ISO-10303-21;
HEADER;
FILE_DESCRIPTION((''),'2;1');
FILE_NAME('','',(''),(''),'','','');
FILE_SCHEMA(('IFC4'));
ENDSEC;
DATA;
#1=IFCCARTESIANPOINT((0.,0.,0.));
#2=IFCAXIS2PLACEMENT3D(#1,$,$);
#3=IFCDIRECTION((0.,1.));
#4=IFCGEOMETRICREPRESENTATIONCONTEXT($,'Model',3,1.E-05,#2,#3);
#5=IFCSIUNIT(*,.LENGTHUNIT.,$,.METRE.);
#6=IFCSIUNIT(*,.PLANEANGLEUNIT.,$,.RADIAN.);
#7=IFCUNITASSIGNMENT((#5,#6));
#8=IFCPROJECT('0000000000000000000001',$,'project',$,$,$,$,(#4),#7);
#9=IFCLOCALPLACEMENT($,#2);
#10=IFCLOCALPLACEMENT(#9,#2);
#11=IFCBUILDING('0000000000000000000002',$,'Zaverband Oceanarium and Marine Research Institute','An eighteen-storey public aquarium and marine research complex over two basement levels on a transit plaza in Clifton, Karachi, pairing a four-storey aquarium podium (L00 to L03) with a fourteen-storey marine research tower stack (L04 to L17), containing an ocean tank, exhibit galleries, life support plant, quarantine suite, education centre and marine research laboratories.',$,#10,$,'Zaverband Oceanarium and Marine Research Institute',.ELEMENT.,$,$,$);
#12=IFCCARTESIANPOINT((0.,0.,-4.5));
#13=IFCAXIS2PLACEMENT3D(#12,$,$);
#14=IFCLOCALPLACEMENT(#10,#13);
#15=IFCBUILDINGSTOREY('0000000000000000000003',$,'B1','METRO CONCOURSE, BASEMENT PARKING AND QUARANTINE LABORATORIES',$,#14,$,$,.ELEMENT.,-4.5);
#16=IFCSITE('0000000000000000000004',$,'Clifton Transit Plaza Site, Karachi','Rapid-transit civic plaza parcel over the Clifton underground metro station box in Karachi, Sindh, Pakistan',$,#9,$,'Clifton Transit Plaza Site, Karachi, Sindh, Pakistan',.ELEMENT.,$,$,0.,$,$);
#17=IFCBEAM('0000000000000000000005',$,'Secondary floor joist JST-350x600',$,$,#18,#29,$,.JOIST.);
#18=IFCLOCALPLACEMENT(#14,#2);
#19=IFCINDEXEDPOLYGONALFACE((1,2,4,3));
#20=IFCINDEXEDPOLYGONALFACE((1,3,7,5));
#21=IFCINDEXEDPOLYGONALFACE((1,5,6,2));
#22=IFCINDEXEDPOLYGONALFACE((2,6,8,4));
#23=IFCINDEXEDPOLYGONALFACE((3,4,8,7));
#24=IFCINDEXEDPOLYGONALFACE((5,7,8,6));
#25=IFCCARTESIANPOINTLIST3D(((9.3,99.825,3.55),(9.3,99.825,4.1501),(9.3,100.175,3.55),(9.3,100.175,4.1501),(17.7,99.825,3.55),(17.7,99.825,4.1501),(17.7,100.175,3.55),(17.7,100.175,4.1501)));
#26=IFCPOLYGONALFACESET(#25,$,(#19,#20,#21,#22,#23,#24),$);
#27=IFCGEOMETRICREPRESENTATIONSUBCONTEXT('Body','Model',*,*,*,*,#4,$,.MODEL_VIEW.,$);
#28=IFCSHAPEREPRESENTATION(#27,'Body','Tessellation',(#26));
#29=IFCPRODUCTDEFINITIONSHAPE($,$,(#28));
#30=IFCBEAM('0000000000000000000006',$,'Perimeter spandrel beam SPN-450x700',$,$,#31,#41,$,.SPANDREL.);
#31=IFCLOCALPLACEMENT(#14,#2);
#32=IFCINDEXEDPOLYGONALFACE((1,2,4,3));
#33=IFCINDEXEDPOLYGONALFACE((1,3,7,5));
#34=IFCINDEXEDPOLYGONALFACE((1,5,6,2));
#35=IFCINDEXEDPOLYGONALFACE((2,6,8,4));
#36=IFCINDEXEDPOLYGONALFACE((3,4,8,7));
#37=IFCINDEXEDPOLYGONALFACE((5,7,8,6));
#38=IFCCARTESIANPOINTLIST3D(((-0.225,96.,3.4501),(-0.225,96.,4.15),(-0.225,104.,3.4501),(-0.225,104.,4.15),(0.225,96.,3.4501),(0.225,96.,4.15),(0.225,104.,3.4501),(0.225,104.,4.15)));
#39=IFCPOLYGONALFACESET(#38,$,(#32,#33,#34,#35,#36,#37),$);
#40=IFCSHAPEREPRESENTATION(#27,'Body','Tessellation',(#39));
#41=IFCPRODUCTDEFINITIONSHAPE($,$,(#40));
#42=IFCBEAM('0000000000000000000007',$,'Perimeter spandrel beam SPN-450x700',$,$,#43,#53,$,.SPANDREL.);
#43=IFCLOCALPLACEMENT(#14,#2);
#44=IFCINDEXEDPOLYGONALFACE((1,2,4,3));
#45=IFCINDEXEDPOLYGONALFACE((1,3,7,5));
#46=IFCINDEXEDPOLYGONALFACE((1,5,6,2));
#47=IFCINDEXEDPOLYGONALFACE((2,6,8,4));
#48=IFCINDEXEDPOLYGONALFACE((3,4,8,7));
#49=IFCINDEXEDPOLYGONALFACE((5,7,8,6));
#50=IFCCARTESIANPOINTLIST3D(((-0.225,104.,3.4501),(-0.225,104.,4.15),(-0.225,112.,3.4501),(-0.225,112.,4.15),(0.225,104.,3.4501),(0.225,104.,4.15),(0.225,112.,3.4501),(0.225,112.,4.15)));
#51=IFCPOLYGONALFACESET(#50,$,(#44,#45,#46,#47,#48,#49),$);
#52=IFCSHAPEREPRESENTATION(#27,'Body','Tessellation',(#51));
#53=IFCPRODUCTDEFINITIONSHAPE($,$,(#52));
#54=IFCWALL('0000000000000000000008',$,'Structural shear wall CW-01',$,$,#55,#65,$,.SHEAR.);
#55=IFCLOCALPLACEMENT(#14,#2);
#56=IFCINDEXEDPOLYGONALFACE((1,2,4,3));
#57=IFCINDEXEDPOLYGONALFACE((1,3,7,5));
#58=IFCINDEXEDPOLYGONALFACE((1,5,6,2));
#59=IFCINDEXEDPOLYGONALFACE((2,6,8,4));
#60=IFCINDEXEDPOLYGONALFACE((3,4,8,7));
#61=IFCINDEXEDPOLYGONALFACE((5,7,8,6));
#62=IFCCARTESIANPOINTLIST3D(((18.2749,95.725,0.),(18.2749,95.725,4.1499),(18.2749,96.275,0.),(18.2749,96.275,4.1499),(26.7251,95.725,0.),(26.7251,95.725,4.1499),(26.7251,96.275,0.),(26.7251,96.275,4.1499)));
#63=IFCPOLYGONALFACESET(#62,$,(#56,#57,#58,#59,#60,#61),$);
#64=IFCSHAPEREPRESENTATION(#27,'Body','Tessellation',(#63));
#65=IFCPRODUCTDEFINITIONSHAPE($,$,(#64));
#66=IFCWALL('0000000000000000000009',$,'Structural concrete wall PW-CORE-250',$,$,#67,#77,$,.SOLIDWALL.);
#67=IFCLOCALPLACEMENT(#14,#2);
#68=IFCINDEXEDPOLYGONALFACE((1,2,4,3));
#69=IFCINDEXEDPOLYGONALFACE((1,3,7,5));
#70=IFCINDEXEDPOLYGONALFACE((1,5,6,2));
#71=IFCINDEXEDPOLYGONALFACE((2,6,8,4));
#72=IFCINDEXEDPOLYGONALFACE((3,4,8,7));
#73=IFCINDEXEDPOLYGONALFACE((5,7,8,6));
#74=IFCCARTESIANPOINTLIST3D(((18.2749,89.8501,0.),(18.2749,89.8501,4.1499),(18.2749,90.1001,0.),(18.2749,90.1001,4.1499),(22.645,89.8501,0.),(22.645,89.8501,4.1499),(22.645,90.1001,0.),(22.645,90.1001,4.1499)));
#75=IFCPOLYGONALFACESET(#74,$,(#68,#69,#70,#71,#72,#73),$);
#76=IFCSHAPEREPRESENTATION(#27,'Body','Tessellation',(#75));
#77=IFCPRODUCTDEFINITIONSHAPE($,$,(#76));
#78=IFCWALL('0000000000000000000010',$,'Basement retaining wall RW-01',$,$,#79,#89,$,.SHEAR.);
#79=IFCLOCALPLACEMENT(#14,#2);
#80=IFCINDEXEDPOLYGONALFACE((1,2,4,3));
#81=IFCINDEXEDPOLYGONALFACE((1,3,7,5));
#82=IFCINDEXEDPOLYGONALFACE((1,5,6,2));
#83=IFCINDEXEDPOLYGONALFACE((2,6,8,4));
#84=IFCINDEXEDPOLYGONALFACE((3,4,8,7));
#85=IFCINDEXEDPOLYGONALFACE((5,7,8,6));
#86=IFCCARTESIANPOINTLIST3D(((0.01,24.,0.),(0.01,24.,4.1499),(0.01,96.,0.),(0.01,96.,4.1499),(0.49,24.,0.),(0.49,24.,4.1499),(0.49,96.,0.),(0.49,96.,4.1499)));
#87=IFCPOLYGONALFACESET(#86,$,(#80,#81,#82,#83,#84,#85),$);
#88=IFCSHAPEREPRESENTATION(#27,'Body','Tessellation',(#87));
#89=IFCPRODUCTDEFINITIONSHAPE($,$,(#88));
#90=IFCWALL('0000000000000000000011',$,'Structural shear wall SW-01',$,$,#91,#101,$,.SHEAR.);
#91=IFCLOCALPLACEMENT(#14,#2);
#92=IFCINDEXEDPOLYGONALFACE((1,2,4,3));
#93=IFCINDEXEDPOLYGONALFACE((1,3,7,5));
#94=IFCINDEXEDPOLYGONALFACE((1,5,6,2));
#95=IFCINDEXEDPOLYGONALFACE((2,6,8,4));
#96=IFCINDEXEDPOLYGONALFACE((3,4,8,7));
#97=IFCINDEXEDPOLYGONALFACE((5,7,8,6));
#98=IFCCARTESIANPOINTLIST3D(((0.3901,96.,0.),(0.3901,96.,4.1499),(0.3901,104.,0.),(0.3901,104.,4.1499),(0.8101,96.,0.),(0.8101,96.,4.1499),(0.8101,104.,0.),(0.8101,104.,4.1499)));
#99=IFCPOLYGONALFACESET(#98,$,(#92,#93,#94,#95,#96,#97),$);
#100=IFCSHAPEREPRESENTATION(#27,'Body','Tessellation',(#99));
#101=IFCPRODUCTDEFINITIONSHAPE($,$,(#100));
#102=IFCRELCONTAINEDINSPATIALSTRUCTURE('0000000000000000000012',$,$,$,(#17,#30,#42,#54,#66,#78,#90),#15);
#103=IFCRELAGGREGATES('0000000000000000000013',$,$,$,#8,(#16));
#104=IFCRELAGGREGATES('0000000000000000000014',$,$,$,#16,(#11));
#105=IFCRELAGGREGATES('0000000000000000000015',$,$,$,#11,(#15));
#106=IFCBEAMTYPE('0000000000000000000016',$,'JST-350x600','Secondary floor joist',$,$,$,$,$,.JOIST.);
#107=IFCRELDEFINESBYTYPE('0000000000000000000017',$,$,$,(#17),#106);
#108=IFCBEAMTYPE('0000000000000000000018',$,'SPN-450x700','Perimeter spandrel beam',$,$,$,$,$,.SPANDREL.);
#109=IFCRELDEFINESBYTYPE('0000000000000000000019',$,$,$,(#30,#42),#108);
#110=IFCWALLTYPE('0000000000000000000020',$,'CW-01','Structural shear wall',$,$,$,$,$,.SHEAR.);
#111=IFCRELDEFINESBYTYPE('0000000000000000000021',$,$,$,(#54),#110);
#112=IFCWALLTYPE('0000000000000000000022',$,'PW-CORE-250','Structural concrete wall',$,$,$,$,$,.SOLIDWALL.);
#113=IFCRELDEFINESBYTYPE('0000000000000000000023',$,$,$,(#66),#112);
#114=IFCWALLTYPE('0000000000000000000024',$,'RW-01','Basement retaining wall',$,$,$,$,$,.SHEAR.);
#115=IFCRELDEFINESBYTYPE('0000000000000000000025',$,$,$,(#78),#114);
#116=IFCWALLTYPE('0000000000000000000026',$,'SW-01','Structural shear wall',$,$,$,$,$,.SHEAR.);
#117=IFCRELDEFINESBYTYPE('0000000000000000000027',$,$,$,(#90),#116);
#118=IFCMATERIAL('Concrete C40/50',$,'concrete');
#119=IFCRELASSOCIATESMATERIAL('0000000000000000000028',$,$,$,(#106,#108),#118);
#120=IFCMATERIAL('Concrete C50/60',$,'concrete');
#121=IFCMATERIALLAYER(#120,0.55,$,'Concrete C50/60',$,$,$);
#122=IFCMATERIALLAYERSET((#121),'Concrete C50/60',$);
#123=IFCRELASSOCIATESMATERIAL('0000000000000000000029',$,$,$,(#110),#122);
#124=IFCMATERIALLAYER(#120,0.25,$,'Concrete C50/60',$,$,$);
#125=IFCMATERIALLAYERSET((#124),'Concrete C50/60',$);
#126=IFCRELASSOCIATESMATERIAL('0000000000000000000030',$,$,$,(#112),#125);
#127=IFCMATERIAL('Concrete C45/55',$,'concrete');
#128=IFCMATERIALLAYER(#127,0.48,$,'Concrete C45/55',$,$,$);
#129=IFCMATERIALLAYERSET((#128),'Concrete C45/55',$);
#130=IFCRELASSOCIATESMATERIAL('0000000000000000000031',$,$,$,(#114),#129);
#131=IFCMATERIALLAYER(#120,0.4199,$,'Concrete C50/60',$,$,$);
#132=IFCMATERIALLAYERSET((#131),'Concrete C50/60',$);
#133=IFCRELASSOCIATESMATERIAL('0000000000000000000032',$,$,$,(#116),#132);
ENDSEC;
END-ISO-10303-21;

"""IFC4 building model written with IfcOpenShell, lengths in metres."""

from ifc_helpers import new_model, si_unit, direction, frame, frame_2d, origin, origin_2d, place, context, subcontext, project, spatial, rectangle, extrude, material, layer, layer_set, material_profile, profile_set, type_object, element, save


model = new_model("IFC4")

# Units and contexts
model_context = context("Model", 3, precision=1e-05, world=origin(), true_north=direction((0.0, 1.0)))
body_context = subcontext(model_context, "Body", "Model", "MODEL_VIEW")
ifc_project = project(units=[si_unit("LENGTHUNIT", "METRE"), si_unit("PLANEANGLEUNIT", "RADIAN")], contexts=[model_context])

# Site, building, storey
site_placement = place(None, origin())
site = spatial("IfcSite", under=ifc_project, at=site_placement, Name="Clifton Transit Plaza Site, Karachi", Description="Rapid-transit civic plaza parcel over the Clifton underground metro station box in Karachi, Sindh, Pakistan", LongName="Clifton Transit Plaza Site, Karachi, Sindh, Pakistan", CompositionType="ELEMENT", RefElevation=0.0)
building_placement = place(site_placement, origin())
building = spatial("IfcBuilding", under=site, at=building_placement, Name="Zaverband Oceanarium and Marine Research Institute", Description="An eighteen-storey public aquarium and marine research complex over two basement levels on a transit plaza in Clifton, Karachi, pairing a four-storey aquarium podium (L00 to L03) with a fourteen-storey marine research tower stack (L04 to L17), containing an ocean tank, exhibit galleries, life support plant, quarantine suite, education centre and marine research laboratories.", LongName="Zaverband Oceanarium and Marine Research Institute", CompositionType="ELEMENT")
storey_placement = place(building_placement, frame((0.0, 0.0, -4.5)))
storey = spatial("IfcBuildingStorey", under=building, at=storey_placement, Name="B1", Description="METRO CONCOURSE, BASEMENT PARKING AND QUARANTINE LABORATORIES", CompositionType="ELEMENT", Elevation=-4.5)

# Shared definitions
ifc_material_1 = material(Name="Concrete C50/60", Category="concrete")

# Beams
ifc_material_2 = material(Name="Concrete C40/50", Category="concrete")
ifc_material_profile_1 = material_profile(ifc_material_2, rectangle(XDim=0.3501, YDim=0.6001, at=origin_2d()), Name="RC350x600")
ifc_profile_set_1 = profile_set([ifc_material_profile_1], Name="Concrete C40/50")
beam_type_1 = type_object("IfcBeamType", Name="JST-350x600", Description="Secondary floor joist", PredefinedType="JOIST", material=ifc_profile_set_1)
for number, where, z_axis, x_axis, name in (
    (1, (9.3, 100.0, 3.8501), (1.0, 0.0, 0.0), (0.0, 1.0, 0.0), "Secondary floor joist JST-350x600"),
):
    element("IfcBeam", number, at=place(storey_placement, frame(where, z_axis=z_axis, x_axis=x_axis)), inside=storey, type_object=beam_type_1, Name=name, PredefinedType="JOIST", context=body_context, shape_type="SweptSolid", body=[
        extrude(rectangle(XDim=0.3501, YDim=0.6001, at=origin_2d()), origin(), (0.0, 0.0, 1.0), 8.3999),
    ])
ifc_material_profile_2 = material_profile(ifc_material_2, rectangle(XDim=0.45, YDim=0.7, at=origin_2d()), Name="RC450x700")
ifc_profile_set_2 = profile_set([ifc_material_profile_2], Name="Concrete C40/50")
beam_type_2 = type_object("IfcBeamType", Name="SPN-450x700", Description="Perimeter spandrel beam", PredefinedType="SPANDREL", material=ifc_profile_set_2)
for number, where, z_axis, x_axis, name in (
    (2, (0.0, 96.0, 3.8), (0.0, 1.0, 0.0), (-1.0, 0.0, 0.0), "Perimeter spandrel beam SPN-450x700"),
    (3, (0.0, 104.0, 3.8), (0.0, 1.0, 0.0), (-1.0, 0.0, 0.0), "Perimeter spandrel beam SPN-450x700"),
):
    element("IfcBeam", number, at=place(storey_placement, frame(where, z_axis=z_axis, x_axis=x_axis)), inside=storey, type_object=beam_type_2, Name=name, PredefinedType="SPANDREL", context=body_context, shape_type="SweptSolid", body=[
        extrude(rectangle(XDim=0.45, YDim=0.7, at=origin_2d()), origin(), (0.0, 0.0, 1.0), 8.0),
    ])

# Walls
ifc_layer_1 = layer(ifc_material_1, 0.55, Name="Concrete C50/60")
ifc_layer_set_1 = layer_set([ifc_layer_1], Name="Concrete C50/60")
wall_type_1 = type_object("IfcWallType", Name="CW-01", Description="Structural shear wall", PredefinedType="SHEAR", material=ifc_layer_set_1)
wall_1_placement = place(storey_placement, frame((18.2749, 96.0, 0.0), z_axis=(0.0, 0.0, 1.0), x_axis=(1.0, 0.0, 0.0)))
element("IfcWall", 4, at=wall_1_placement, inside=storey, type_object=wall_type_1, Name="Structural shear wall CW-01", PredefinedType="SHEAR", context=body_context, shape_type="SweptSolid", body=[
    extrude(rectangle(XDim=8.4502, YDim=0.55, at=frame_2d((4.2251, 0.0))), origin(), (0.0, 0.0, 1.0), 4.1499),
])
ifc_layer_2 = layer(ifc_material_1, 0.25, Name="Concrete C50/60")
ifc_layer_set_2 = layer_set([ifc_layer_2], Name="Concrete C50/60")
wall_type_2 = type_object("IfcWallType", Name="PW-CORE-250", Description="Structural concrete wall", PredefinedType="SOLIDWALL", material=ifc_layer_set_2)
wall_2_placement = place(storey_placement, frame((18.2749, 89.9751, 0.0), z_axis=(0.0, 0.0, 1.0), x_axis=(1.0, 0.0, 0.0)))
element("IfcWall", 5, at=wall_2_placement, inside=storey, type_object=wall_type_2, Name="Structural concrete wall PW-CORE-250", PredefinedType="SOLIDWALL", context=body_context, shape_type="SweptSolid", body=[
    extrude(rectangle(XDim=4.3701, YDim=0.25, at=frame_2d((2.1851, 0.0))), origin(), (0.0, 0.0, 1.0), 4.1499),
])
ifc_material_3 = material(Name="Concrete C45/55", Category="concrete")
ifc_layer_3 = layer(ifc_material_3, 0.48, Name="Concrete C45/55")
ifc_layer_set_3 = layer_set([ifc_layer_3], Name="Concrete C45/55")
wall_type_3 = type_object("IfcWallType", Name="RW-01", Description="Basement retaining wall", PredefinedType="SHEAR", material=ifc_layer_set_3)
wall_3_placement = place(storey_placement, frame((0.25, 96.0, 0.0), z_axis=(0.0, 0.0, 1.0), x_axis=(0.0, -1.0, 0.0)))
element("IfcWall", 6, at=wall_3_placement, inside=storey, type_object=wall_type_3, Name="Basement retaining wall RW-01", PredefinedType="SHEAR", context=body_context, shape_type="SweptSolid", body=[
    extrude(rectangle(XDim=72.0, YDim=0.48, at=frame_2d((36.0, 0.0))), origin(), (0.0, 0.0, 1.0), 4.1499),
])
ifc_layer_4 = layer(ifc_material_1, 0.4199, Name="Concrete C50/60")
ifc_layer_set_4 = layer_set([ifc_layer_4], Name="Concrete C50/60")
wall_type_4 = type_object("IfcWallType", Name="SW-01", Description="Structural shear wall", PredefinedType="SHEAR", material=ifc_layer_set_4)
wall_4_placement = place(storey_placement, frame((0.6001, 96.0, 0.0), z_axis=(0.0, 0.0, 1.0), x_axis=(0.0, 1.0, 0.0)))
element("IfcWall", 7, at=wall_4_placement, inside=storey, type_object=wall_type_4, Name="Structural shear wall SW-01", PredefinedType="SHEAR", context=body_context, shape_type="SweptSolid", body=[
    extrude(rectangle(XDim=8.0, YDim=0.4199, at=frame_2d((4.0, 0.0))), origin(), (0.0, 0.0, 1.0), 4.1499),
])

save(model, "model.ifc")
